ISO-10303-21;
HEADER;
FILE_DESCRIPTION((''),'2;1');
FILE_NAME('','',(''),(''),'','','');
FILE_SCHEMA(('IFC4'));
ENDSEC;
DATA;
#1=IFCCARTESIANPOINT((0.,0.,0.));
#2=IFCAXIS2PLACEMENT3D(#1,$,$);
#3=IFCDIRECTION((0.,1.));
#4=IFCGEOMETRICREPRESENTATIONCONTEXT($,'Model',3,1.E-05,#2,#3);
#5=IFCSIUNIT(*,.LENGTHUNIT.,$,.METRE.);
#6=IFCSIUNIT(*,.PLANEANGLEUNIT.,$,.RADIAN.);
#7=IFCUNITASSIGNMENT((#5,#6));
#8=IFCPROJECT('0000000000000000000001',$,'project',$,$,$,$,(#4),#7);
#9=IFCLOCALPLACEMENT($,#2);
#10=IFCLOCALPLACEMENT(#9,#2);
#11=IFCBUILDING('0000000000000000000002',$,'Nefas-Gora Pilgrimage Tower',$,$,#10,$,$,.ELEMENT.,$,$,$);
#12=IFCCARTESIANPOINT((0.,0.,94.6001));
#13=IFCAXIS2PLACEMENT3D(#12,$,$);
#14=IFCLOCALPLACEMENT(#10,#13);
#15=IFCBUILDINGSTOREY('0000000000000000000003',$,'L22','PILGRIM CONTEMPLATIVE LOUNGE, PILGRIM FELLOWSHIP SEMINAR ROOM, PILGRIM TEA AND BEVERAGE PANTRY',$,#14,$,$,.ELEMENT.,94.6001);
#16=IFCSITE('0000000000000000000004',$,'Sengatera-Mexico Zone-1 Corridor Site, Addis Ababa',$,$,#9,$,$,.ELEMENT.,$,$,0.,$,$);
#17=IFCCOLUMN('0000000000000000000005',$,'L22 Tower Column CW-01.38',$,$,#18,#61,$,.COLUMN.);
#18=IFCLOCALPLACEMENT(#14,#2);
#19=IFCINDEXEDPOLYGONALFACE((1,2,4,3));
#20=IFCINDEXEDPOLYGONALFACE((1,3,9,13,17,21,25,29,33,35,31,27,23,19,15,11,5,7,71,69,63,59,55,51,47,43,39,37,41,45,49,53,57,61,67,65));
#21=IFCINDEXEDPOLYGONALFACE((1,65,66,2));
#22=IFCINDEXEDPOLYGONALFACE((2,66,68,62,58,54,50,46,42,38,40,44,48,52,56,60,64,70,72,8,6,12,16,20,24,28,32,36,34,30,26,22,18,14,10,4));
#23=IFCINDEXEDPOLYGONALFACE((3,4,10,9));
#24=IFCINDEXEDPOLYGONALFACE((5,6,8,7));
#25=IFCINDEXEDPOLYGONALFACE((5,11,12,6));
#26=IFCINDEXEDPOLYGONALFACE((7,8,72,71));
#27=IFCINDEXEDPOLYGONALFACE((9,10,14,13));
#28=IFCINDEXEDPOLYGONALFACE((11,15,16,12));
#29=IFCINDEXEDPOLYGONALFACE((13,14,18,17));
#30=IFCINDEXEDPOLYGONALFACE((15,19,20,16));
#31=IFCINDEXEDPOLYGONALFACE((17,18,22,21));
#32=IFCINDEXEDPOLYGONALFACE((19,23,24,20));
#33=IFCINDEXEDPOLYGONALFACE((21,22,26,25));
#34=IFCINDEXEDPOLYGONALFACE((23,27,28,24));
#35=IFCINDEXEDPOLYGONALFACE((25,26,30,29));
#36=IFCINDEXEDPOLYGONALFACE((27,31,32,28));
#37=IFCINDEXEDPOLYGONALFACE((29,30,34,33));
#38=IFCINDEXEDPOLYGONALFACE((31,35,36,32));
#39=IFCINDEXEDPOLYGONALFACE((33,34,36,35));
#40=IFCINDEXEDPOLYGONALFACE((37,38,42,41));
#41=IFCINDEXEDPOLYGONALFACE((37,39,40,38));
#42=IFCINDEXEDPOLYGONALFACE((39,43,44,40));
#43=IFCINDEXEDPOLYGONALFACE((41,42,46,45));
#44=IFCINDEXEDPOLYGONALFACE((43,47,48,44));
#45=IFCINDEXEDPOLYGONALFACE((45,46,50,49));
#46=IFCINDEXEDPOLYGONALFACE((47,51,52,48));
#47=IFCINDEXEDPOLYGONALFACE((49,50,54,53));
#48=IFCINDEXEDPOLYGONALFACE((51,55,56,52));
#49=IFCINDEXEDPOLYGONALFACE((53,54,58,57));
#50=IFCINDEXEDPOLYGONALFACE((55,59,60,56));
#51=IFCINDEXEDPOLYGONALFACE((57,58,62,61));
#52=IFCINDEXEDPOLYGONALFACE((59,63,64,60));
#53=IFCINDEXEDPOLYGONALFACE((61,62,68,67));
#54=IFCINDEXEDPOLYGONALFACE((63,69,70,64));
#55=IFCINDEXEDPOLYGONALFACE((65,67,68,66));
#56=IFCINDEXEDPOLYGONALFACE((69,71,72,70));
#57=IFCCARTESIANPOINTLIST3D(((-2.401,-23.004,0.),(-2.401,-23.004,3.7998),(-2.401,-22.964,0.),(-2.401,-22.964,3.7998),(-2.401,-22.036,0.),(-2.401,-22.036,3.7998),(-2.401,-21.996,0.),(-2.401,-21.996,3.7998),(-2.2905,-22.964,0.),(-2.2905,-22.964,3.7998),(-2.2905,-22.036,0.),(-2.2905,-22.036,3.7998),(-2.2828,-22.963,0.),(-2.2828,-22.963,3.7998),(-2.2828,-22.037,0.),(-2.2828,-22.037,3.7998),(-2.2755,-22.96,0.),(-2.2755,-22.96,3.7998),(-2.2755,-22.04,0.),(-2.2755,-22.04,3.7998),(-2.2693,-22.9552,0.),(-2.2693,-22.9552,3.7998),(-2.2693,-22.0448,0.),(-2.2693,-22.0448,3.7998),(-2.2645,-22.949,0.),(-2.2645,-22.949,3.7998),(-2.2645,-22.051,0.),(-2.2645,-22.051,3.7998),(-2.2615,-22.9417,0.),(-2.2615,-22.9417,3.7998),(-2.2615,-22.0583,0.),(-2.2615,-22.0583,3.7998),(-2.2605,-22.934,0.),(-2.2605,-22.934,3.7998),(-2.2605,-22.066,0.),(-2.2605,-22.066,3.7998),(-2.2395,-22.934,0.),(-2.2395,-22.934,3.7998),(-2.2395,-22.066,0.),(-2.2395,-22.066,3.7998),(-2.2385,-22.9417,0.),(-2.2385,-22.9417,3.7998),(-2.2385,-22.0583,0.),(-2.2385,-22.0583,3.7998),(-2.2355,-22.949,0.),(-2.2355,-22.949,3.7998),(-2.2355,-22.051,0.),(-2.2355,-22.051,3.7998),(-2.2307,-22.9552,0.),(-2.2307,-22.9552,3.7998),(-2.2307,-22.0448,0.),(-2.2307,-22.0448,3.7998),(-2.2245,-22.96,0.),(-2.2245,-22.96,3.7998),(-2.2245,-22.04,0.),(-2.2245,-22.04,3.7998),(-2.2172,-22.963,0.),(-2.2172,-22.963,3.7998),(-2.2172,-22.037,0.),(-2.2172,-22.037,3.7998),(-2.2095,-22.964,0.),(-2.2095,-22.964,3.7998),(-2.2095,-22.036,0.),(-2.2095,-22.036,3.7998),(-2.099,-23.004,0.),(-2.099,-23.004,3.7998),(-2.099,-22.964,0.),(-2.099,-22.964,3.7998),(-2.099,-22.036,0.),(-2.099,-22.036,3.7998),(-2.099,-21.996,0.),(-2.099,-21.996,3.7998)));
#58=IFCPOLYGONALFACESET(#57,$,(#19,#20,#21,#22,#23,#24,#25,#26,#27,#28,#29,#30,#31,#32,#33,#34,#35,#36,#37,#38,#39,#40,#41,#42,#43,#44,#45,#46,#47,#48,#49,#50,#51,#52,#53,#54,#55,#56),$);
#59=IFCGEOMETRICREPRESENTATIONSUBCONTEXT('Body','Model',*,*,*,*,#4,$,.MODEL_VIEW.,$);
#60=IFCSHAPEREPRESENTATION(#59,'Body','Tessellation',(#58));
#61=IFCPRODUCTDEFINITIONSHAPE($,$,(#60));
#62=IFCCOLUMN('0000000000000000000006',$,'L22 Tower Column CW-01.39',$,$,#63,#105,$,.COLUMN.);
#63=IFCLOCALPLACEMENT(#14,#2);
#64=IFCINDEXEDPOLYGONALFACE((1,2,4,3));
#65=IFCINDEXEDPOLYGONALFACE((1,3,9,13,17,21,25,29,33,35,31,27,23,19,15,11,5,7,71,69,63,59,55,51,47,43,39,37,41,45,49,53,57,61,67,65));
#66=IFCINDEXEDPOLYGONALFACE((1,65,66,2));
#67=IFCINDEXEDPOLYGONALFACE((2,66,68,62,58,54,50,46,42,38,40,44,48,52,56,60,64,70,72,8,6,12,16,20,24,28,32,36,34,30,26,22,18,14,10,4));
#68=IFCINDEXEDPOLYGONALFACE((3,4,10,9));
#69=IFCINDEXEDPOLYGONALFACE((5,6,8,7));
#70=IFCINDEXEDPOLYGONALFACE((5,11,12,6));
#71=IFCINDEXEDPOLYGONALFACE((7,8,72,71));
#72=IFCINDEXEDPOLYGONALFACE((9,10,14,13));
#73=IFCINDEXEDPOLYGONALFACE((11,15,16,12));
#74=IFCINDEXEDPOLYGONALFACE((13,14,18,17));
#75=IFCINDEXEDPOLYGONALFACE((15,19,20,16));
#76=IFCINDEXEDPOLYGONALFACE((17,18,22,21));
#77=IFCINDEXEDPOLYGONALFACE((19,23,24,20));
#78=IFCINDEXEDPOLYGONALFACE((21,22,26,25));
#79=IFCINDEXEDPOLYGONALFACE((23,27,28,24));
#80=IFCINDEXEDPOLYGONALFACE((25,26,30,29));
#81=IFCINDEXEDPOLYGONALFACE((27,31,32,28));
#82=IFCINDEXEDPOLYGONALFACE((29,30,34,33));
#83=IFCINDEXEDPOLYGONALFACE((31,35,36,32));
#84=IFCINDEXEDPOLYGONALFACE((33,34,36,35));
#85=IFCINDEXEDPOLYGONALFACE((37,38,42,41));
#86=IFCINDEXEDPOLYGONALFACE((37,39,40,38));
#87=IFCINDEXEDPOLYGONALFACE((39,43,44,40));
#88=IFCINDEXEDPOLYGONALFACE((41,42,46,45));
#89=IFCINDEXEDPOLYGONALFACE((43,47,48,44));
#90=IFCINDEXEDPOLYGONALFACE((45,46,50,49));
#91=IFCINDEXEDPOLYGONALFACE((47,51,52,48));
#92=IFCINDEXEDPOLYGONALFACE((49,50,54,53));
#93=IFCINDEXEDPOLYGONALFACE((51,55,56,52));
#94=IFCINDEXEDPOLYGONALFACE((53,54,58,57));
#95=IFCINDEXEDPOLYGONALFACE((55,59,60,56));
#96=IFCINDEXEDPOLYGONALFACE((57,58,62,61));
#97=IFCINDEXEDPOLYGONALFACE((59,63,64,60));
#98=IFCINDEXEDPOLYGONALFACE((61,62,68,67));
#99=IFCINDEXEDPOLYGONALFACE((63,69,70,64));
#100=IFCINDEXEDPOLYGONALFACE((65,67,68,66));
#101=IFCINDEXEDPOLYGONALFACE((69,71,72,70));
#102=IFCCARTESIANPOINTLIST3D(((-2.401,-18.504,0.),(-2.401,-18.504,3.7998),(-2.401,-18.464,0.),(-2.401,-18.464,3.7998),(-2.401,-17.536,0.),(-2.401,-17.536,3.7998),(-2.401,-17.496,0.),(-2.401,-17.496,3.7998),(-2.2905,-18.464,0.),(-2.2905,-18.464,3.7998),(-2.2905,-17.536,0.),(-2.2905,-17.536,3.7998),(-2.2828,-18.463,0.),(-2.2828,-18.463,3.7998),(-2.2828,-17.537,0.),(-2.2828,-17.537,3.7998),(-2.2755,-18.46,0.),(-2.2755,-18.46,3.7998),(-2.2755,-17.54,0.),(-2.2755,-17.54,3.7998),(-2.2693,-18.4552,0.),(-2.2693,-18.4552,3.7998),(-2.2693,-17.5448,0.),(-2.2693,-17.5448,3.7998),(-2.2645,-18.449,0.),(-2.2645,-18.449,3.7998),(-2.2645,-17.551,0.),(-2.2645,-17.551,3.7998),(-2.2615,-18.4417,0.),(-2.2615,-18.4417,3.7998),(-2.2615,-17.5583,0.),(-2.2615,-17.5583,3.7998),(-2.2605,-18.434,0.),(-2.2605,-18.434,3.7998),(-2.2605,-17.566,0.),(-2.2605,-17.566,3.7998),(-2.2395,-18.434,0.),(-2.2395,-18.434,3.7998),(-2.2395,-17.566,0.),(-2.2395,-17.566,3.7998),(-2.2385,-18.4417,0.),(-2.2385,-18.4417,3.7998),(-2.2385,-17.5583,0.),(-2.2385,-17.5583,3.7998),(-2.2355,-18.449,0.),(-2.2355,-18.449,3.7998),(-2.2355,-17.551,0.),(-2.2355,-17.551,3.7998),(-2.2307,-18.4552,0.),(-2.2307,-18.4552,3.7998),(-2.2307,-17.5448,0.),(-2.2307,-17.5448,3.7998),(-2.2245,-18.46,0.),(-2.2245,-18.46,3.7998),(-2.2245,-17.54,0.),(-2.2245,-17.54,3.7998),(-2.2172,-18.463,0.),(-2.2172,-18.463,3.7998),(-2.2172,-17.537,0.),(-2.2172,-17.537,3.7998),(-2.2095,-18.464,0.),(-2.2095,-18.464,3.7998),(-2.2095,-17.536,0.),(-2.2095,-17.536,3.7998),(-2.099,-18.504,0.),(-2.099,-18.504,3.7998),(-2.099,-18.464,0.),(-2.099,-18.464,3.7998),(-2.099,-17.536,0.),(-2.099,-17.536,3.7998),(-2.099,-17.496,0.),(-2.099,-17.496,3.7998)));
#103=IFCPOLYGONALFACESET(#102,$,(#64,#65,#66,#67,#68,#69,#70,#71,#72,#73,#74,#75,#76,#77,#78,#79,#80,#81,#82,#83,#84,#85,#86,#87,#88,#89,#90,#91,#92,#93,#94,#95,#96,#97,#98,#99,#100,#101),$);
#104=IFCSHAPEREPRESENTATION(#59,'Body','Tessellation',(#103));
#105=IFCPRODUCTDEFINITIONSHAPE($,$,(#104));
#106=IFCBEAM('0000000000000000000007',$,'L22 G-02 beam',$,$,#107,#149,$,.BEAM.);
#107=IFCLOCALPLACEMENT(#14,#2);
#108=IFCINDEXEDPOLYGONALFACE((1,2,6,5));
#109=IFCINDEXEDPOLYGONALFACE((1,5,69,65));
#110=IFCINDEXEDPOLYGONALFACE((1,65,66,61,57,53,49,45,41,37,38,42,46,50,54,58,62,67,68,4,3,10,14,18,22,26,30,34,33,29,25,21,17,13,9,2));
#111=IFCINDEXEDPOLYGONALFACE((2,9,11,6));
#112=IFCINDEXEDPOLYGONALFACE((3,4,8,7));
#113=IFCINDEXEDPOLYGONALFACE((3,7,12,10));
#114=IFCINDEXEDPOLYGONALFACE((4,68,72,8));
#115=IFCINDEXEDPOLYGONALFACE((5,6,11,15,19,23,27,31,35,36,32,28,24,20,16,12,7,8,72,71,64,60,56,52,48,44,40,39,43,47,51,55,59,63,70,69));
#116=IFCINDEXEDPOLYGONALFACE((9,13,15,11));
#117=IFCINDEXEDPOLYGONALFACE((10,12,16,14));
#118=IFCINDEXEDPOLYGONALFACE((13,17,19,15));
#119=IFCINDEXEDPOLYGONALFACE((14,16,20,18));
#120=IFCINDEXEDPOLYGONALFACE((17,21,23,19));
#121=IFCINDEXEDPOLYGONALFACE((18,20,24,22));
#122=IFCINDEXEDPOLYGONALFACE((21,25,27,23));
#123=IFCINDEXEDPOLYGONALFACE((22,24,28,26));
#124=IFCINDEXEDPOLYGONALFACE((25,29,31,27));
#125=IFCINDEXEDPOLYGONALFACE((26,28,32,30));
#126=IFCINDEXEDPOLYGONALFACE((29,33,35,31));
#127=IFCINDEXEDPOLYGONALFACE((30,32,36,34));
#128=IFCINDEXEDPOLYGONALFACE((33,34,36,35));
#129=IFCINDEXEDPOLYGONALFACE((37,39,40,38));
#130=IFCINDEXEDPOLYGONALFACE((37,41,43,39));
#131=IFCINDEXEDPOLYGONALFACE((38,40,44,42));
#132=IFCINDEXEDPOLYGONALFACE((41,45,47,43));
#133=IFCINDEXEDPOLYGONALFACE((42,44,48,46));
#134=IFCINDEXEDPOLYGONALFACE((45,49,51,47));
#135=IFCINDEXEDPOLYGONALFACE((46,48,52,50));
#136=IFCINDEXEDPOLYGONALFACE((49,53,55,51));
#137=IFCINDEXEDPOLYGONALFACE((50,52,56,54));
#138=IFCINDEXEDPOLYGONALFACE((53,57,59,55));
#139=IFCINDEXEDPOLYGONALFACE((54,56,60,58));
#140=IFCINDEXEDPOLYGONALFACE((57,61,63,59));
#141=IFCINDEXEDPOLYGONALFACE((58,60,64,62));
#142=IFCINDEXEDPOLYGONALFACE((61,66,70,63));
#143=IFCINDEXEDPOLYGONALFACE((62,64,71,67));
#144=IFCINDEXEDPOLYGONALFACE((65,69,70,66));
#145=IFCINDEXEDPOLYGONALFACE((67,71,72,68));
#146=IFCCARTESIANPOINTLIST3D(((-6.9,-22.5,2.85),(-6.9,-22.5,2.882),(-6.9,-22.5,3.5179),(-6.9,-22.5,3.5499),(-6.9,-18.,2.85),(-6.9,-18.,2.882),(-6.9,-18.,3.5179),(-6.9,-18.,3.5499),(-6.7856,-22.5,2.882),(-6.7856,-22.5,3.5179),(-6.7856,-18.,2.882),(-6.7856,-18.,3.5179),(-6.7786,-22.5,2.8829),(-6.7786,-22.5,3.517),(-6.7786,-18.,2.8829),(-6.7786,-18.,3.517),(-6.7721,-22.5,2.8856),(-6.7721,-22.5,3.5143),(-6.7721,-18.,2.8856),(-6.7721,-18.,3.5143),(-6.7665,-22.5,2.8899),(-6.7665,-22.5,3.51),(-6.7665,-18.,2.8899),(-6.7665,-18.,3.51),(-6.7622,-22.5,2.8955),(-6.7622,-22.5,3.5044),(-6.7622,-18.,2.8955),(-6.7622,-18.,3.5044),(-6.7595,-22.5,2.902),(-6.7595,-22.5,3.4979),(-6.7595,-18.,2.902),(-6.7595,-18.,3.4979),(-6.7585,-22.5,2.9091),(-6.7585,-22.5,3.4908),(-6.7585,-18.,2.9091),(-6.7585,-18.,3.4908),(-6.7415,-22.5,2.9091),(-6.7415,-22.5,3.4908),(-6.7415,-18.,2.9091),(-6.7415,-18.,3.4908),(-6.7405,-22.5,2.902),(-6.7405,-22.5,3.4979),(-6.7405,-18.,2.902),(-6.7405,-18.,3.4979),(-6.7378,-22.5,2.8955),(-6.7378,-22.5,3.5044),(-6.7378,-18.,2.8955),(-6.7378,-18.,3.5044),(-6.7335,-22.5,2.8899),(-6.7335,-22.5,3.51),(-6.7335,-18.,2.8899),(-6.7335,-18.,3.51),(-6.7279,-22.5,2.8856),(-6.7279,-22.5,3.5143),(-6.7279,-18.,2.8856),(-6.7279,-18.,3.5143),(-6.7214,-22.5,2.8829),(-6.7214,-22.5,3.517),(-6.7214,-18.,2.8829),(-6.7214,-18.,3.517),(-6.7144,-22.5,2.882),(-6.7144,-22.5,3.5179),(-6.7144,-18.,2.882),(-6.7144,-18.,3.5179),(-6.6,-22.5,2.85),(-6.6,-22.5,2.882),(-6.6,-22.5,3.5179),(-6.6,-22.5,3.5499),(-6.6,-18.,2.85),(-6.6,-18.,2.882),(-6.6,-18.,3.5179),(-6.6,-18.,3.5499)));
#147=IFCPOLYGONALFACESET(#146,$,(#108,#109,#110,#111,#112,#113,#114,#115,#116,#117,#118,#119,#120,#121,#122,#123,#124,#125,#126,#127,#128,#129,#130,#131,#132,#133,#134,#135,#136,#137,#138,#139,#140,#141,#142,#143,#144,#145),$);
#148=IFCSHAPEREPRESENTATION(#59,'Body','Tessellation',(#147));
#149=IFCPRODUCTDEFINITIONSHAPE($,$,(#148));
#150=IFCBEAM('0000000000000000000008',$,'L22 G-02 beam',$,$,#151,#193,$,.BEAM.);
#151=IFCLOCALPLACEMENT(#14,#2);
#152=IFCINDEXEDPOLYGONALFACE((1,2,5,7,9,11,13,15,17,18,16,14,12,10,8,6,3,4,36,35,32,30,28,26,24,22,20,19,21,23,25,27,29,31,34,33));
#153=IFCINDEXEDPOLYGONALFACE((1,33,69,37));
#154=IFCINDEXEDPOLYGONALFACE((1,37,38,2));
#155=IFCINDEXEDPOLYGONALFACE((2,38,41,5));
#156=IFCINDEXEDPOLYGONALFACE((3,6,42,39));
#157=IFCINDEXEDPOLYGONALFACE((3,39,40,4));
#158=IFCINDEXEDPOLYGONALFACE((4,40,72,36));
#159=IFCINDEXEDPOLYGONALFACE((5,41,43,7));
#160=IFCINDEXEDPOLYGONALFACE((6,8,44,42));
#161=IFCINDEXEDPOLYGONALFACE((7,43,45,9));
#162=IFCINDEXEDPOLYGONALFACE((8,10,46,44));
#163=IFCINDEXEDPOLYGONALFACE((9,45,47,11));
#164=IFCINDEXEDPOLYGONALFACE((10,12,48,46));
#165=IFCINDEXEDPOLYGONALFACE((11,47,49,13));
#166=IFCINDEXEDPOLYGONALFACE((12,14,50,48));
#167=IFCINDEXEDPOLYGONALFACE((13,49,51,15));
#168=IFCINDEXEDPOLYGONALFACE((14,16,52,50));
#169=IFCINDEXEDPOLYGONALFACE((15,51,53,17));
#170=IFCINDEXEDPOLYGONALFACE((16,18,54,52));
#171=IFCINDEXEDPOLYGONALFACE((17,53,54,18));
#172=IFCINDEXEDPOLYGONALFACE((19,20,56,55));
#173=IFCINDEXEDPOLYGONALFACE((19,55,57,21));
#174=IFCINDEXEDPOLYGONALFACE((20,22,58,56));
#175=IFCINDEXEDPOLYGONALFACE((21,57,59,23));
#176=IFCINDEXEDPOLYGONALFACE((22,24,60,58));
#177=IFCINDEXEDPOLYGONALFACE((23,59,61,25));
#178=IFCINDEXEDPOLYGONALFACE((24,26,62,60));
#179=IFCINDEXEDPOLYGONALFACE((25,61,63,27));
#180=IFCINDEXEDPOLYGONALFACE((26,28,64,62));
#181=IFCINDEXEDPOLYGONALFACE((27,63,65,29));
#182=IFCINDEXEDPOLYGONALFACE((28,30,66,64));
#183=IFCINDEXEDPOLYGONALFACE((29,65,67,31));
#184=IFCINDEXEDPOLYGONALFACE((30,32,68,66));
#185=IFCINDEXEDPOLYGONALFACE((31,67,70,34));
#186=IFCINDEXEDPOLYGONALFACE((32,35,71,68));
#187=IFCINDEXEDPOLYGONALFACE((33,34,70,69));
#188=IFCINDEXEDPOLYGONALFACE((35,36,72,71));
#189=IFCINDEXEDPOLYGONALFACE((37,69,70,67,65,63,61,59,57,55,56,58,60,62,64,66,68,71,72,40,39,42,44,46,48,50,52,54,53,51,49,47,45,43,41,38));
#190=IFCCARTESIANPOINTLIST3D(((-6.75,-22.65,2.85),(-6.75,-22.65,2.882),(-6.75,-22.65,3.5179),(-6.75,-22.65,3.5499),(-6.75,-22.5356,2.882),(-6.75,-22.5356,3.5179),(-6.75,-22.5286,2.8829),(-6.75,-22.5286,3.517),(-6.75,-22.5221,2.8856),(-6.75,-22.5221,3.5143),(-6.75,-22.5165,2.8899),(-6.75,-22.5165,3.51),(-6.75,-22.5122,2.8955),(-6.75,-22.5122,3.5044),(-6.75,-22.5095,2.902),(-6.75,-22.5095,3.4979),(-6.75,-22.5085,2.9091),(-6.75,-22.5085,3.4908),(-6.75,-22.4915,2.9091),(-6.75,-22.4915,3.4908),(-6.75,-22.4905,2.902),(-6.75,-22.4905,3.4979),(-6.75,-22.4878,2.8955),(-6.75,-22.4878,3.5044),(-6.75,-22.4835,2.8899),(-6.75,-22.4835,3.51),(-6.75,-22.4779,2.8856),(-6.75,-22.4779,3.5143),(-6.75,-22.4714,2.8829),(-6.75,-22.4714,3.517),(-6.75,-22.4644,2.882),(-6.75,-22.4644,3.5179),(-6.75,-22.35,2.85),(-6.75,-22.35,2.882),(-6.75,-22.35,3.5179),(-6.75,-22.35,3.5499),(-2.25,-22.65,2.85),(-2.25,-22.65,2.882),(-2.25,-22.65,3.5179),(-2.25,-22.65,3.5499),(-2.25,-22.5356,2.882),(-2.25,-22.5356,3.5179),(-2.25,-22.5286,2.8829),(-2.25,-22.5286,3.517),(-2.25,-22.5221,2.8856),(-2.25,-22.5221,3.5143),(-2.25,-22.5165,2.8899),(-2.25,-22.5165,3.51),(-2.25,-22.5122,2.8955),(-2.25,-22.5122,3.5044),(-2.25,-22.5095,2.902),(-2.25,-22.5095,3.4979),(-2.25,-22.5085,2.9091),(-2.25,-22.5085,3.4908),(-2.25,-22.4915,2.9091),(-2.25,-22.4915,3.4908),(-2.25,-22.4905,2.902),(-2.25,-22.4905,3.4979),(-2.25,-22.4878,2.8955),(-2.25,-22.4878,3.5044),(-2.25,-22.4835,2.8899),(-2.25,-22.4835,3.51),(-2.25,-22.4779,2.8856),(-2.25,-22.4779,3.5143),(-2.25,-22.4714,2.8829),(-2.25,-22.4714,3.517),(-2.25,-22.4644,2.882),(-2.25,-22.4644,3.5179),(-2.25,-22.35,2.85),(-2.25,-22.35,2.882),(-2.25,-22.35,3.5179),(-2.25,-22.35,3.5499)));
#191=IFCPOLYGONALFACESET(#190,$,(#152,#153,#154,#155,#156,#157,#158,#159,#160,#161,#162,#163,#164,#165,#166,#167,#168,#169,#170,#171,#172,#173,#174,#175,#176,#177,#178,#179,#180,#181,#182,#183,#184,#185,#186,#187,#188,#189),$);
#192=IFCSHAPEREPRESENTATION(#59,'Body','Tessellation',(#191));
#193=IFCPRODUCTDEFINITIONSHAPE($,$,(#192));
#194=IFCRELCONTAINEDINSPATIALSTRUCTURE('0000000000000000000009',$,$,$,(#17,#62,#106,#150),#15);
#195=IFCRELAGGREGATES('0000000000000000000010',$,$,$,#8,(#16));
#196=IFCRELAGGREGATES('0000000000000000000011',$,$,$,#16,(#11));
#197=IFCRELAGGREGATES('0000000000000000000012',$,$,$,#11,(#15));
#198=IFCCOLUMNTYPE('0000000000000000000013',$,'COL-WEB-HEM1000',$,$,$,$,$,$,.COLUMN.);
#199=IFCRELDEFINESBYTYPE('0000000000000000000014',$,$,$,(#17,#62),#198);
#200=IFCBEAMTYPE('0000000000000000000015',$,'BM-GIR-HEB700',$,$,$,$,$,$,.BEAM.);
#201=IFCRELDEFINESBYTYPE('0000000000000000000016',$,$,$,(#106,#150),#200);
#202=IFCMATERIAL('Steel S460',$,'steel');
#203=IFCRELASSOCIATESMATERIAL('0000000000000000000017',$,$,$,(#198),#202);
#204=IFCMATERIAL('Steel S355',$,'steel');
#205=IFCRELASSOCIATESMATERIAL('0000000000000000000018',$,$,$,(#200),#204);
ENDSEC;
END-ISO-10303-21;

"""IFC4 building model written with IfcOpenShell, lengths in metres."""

from ifc_helpers import new_model, si_unit, direction, frame, origin, origin_2d, place, context, subcontext, project, spatial, i_section, extrude, source, transform, mapped, material, material_profile, profile_set, type_object, element, save


model = new_model("IFC4")

# Units and contexts
model_context = context("Model", 3, precision=1e-05, world=origin(), true_north=direction((0.0, 1.0)))
body_context = subcontext(model_context, "Body", "Model", "MODEL_VIEW")
ifc_project = project(units=[si_unit("LENGTHUNIT", "METRE"), si_unit("PLANEANGLEUNIT", "RADIAN")], contexts=[model_context])

# Site, building, storey
site_placement = place(None, origin())
site = spatial("IfcSite", under=ifc_project, at=site_placement, Name="Sengatera-Mexico Zone-1 Corridor Site, Addis Ababa", CompositionType="ELEMENT", RefElevation=0.0)
building_placement = place(site_placement, origin())
building = spatial("IfcBuilding", under=site, at=building_placement, Name="Nefas-Gora Pilgrimage Tower", CompositionType="ELEMENT")
storey_placement = place(building_placement, frame((0.0, 0.0, 94.6001)))
storey = spatial("IfcBuildingStorey", under=building, at=storey_placement, Name="L22", Description="PILGRIM CONTEMPLATIVE LOUNGE, PILGRIM FELLOWSHIP SEMINAR ROOM, PILGRIM TEA AND BEVERAGE PANTRY", CompositionType="ELEMENT", Elevation=94.6001)

# Columns
ifc_material_1 = material(Name="Steel S460", Category="steel")
ifc_material_profile_1 = material_profile(ifc_material_1, i_section(OverallWidth=0.302, OverallDepth=1.0081, WebThickness=0.021, FlangeThickness=0.04, FilletRadius=0.03, at=origin_2d()), Name="HEM 1000")
ifc_profile_set_1 = profile_set([ifc_material_profile_1], Name="Steel S460")
column_type_1 = type_object("IfcColumnType", Name="COL-WEB-HEM1000", PredefinedType="COLUMN", material=ifc_profile_set_1)
shared_shape_1 = source(origin(), body_context, "Body", "SweptSolid", [
    extrude(i_section(OverallWidth=0.302, OverallDepth=1.0081, WebThickness=0.021, FlangeThickness=0.04, FilletRadius=0.03, at=origin_2d()), origin(), (0.0, 0.0, 1.0), 3.7998),
])
for number, where, z_axis, x_axis, name in (
    (1, (-2.25, -22.5, 0.0), (0.0, 0.0, 1.0), (1.0, 0.0, 0.0), "L22 Tower Column CW-01.38"),
    (2, (-2.25, -18.0, 0.0), (0.0, 0.0, 1.0), (1.0, 0.0, 0.0), "L22 Tower Column CW-01.39"),
):
    element("IfcColumn", number, at=place(storey_placement, frame(where, z_axis=z_axis, x_axis=x_axis)), inside=storey, type_object=column_type_1, Name=name, PredefinedType="COLUMN", context=body_context, shape_type="MappedRepresentation", body=[
        mapped(shared_shape_1, transform((0.0, 0.0, 0.0), x_axis=(1.0, 0.0, 0.0), y_axis=(0.0, 1.0, 0.0), z_axis=(0.0, 0.0, 1.0), scale=1.0)),
    ])

# Beams
ifc_material_2 = material(Name="Steel S355", Category="steel")
ifc_material_profile_2 = material_profile(ifc_material_2, i_section(OverallWidth=0.3, OverallDepth=0.7, WebThickness=0.0171, FlangeThickness=0.032, FilletRadius=0.0271, at=origin_2d()), Name="HEB 700")
ifc_profile_set_2 = profile_set([ifc_material_profile_2], Name="Steel S355")
beam_type = type_object("IfcBeamType", Name="BM-GIR-HEB700", PredefinedType="BEAM", material=ifc_profile_set_2)
shared_shape_2 = source(origin(), body_context, "Body", "SweptSolid", [
    extrude(i_section(OverallWidth=0.3, OverallDepth=0.7, WebThickness=0.0171, FlangeThickness=0.032, FilletRadius=0.0271, at=origin_2d()), origin(), (0.0, 0.0, 1.0), 4.5),
])
for number, where, z_axis, x_axis, name in (
    (3, (-6.75, -22.5, 3.2), (0.0, 1.0, 0.0), (-1.0, 0.0, 0.0), "L22 G-02 beam"),
    (4, (-6.75, -22.5, 3.2), (1.0, 0.0, 0.0), (0.0, 1.0, 0.0), "L22 G-02 beam"),
):
    element("IfcBeam", number, at=place(storey_placement, frame(where, z_axis=z_axis, x_axis=x_axis)), inside=storey, type_object=beam_type, Name=name, PredefinedType="BEAM", context=body_context, shape_type="MappedRepresentation", body=[
        mapped(shared_shape_2, transform((0.0, 0.0, 0.0), x_axis=(1.0, 0.0, 0.0), y_axis=(0.0, 1.0, 0.0), z_axis=(0.0, 0.0, 1.0), scale=1.0)),
    ])

save(model, "model.ifc")
